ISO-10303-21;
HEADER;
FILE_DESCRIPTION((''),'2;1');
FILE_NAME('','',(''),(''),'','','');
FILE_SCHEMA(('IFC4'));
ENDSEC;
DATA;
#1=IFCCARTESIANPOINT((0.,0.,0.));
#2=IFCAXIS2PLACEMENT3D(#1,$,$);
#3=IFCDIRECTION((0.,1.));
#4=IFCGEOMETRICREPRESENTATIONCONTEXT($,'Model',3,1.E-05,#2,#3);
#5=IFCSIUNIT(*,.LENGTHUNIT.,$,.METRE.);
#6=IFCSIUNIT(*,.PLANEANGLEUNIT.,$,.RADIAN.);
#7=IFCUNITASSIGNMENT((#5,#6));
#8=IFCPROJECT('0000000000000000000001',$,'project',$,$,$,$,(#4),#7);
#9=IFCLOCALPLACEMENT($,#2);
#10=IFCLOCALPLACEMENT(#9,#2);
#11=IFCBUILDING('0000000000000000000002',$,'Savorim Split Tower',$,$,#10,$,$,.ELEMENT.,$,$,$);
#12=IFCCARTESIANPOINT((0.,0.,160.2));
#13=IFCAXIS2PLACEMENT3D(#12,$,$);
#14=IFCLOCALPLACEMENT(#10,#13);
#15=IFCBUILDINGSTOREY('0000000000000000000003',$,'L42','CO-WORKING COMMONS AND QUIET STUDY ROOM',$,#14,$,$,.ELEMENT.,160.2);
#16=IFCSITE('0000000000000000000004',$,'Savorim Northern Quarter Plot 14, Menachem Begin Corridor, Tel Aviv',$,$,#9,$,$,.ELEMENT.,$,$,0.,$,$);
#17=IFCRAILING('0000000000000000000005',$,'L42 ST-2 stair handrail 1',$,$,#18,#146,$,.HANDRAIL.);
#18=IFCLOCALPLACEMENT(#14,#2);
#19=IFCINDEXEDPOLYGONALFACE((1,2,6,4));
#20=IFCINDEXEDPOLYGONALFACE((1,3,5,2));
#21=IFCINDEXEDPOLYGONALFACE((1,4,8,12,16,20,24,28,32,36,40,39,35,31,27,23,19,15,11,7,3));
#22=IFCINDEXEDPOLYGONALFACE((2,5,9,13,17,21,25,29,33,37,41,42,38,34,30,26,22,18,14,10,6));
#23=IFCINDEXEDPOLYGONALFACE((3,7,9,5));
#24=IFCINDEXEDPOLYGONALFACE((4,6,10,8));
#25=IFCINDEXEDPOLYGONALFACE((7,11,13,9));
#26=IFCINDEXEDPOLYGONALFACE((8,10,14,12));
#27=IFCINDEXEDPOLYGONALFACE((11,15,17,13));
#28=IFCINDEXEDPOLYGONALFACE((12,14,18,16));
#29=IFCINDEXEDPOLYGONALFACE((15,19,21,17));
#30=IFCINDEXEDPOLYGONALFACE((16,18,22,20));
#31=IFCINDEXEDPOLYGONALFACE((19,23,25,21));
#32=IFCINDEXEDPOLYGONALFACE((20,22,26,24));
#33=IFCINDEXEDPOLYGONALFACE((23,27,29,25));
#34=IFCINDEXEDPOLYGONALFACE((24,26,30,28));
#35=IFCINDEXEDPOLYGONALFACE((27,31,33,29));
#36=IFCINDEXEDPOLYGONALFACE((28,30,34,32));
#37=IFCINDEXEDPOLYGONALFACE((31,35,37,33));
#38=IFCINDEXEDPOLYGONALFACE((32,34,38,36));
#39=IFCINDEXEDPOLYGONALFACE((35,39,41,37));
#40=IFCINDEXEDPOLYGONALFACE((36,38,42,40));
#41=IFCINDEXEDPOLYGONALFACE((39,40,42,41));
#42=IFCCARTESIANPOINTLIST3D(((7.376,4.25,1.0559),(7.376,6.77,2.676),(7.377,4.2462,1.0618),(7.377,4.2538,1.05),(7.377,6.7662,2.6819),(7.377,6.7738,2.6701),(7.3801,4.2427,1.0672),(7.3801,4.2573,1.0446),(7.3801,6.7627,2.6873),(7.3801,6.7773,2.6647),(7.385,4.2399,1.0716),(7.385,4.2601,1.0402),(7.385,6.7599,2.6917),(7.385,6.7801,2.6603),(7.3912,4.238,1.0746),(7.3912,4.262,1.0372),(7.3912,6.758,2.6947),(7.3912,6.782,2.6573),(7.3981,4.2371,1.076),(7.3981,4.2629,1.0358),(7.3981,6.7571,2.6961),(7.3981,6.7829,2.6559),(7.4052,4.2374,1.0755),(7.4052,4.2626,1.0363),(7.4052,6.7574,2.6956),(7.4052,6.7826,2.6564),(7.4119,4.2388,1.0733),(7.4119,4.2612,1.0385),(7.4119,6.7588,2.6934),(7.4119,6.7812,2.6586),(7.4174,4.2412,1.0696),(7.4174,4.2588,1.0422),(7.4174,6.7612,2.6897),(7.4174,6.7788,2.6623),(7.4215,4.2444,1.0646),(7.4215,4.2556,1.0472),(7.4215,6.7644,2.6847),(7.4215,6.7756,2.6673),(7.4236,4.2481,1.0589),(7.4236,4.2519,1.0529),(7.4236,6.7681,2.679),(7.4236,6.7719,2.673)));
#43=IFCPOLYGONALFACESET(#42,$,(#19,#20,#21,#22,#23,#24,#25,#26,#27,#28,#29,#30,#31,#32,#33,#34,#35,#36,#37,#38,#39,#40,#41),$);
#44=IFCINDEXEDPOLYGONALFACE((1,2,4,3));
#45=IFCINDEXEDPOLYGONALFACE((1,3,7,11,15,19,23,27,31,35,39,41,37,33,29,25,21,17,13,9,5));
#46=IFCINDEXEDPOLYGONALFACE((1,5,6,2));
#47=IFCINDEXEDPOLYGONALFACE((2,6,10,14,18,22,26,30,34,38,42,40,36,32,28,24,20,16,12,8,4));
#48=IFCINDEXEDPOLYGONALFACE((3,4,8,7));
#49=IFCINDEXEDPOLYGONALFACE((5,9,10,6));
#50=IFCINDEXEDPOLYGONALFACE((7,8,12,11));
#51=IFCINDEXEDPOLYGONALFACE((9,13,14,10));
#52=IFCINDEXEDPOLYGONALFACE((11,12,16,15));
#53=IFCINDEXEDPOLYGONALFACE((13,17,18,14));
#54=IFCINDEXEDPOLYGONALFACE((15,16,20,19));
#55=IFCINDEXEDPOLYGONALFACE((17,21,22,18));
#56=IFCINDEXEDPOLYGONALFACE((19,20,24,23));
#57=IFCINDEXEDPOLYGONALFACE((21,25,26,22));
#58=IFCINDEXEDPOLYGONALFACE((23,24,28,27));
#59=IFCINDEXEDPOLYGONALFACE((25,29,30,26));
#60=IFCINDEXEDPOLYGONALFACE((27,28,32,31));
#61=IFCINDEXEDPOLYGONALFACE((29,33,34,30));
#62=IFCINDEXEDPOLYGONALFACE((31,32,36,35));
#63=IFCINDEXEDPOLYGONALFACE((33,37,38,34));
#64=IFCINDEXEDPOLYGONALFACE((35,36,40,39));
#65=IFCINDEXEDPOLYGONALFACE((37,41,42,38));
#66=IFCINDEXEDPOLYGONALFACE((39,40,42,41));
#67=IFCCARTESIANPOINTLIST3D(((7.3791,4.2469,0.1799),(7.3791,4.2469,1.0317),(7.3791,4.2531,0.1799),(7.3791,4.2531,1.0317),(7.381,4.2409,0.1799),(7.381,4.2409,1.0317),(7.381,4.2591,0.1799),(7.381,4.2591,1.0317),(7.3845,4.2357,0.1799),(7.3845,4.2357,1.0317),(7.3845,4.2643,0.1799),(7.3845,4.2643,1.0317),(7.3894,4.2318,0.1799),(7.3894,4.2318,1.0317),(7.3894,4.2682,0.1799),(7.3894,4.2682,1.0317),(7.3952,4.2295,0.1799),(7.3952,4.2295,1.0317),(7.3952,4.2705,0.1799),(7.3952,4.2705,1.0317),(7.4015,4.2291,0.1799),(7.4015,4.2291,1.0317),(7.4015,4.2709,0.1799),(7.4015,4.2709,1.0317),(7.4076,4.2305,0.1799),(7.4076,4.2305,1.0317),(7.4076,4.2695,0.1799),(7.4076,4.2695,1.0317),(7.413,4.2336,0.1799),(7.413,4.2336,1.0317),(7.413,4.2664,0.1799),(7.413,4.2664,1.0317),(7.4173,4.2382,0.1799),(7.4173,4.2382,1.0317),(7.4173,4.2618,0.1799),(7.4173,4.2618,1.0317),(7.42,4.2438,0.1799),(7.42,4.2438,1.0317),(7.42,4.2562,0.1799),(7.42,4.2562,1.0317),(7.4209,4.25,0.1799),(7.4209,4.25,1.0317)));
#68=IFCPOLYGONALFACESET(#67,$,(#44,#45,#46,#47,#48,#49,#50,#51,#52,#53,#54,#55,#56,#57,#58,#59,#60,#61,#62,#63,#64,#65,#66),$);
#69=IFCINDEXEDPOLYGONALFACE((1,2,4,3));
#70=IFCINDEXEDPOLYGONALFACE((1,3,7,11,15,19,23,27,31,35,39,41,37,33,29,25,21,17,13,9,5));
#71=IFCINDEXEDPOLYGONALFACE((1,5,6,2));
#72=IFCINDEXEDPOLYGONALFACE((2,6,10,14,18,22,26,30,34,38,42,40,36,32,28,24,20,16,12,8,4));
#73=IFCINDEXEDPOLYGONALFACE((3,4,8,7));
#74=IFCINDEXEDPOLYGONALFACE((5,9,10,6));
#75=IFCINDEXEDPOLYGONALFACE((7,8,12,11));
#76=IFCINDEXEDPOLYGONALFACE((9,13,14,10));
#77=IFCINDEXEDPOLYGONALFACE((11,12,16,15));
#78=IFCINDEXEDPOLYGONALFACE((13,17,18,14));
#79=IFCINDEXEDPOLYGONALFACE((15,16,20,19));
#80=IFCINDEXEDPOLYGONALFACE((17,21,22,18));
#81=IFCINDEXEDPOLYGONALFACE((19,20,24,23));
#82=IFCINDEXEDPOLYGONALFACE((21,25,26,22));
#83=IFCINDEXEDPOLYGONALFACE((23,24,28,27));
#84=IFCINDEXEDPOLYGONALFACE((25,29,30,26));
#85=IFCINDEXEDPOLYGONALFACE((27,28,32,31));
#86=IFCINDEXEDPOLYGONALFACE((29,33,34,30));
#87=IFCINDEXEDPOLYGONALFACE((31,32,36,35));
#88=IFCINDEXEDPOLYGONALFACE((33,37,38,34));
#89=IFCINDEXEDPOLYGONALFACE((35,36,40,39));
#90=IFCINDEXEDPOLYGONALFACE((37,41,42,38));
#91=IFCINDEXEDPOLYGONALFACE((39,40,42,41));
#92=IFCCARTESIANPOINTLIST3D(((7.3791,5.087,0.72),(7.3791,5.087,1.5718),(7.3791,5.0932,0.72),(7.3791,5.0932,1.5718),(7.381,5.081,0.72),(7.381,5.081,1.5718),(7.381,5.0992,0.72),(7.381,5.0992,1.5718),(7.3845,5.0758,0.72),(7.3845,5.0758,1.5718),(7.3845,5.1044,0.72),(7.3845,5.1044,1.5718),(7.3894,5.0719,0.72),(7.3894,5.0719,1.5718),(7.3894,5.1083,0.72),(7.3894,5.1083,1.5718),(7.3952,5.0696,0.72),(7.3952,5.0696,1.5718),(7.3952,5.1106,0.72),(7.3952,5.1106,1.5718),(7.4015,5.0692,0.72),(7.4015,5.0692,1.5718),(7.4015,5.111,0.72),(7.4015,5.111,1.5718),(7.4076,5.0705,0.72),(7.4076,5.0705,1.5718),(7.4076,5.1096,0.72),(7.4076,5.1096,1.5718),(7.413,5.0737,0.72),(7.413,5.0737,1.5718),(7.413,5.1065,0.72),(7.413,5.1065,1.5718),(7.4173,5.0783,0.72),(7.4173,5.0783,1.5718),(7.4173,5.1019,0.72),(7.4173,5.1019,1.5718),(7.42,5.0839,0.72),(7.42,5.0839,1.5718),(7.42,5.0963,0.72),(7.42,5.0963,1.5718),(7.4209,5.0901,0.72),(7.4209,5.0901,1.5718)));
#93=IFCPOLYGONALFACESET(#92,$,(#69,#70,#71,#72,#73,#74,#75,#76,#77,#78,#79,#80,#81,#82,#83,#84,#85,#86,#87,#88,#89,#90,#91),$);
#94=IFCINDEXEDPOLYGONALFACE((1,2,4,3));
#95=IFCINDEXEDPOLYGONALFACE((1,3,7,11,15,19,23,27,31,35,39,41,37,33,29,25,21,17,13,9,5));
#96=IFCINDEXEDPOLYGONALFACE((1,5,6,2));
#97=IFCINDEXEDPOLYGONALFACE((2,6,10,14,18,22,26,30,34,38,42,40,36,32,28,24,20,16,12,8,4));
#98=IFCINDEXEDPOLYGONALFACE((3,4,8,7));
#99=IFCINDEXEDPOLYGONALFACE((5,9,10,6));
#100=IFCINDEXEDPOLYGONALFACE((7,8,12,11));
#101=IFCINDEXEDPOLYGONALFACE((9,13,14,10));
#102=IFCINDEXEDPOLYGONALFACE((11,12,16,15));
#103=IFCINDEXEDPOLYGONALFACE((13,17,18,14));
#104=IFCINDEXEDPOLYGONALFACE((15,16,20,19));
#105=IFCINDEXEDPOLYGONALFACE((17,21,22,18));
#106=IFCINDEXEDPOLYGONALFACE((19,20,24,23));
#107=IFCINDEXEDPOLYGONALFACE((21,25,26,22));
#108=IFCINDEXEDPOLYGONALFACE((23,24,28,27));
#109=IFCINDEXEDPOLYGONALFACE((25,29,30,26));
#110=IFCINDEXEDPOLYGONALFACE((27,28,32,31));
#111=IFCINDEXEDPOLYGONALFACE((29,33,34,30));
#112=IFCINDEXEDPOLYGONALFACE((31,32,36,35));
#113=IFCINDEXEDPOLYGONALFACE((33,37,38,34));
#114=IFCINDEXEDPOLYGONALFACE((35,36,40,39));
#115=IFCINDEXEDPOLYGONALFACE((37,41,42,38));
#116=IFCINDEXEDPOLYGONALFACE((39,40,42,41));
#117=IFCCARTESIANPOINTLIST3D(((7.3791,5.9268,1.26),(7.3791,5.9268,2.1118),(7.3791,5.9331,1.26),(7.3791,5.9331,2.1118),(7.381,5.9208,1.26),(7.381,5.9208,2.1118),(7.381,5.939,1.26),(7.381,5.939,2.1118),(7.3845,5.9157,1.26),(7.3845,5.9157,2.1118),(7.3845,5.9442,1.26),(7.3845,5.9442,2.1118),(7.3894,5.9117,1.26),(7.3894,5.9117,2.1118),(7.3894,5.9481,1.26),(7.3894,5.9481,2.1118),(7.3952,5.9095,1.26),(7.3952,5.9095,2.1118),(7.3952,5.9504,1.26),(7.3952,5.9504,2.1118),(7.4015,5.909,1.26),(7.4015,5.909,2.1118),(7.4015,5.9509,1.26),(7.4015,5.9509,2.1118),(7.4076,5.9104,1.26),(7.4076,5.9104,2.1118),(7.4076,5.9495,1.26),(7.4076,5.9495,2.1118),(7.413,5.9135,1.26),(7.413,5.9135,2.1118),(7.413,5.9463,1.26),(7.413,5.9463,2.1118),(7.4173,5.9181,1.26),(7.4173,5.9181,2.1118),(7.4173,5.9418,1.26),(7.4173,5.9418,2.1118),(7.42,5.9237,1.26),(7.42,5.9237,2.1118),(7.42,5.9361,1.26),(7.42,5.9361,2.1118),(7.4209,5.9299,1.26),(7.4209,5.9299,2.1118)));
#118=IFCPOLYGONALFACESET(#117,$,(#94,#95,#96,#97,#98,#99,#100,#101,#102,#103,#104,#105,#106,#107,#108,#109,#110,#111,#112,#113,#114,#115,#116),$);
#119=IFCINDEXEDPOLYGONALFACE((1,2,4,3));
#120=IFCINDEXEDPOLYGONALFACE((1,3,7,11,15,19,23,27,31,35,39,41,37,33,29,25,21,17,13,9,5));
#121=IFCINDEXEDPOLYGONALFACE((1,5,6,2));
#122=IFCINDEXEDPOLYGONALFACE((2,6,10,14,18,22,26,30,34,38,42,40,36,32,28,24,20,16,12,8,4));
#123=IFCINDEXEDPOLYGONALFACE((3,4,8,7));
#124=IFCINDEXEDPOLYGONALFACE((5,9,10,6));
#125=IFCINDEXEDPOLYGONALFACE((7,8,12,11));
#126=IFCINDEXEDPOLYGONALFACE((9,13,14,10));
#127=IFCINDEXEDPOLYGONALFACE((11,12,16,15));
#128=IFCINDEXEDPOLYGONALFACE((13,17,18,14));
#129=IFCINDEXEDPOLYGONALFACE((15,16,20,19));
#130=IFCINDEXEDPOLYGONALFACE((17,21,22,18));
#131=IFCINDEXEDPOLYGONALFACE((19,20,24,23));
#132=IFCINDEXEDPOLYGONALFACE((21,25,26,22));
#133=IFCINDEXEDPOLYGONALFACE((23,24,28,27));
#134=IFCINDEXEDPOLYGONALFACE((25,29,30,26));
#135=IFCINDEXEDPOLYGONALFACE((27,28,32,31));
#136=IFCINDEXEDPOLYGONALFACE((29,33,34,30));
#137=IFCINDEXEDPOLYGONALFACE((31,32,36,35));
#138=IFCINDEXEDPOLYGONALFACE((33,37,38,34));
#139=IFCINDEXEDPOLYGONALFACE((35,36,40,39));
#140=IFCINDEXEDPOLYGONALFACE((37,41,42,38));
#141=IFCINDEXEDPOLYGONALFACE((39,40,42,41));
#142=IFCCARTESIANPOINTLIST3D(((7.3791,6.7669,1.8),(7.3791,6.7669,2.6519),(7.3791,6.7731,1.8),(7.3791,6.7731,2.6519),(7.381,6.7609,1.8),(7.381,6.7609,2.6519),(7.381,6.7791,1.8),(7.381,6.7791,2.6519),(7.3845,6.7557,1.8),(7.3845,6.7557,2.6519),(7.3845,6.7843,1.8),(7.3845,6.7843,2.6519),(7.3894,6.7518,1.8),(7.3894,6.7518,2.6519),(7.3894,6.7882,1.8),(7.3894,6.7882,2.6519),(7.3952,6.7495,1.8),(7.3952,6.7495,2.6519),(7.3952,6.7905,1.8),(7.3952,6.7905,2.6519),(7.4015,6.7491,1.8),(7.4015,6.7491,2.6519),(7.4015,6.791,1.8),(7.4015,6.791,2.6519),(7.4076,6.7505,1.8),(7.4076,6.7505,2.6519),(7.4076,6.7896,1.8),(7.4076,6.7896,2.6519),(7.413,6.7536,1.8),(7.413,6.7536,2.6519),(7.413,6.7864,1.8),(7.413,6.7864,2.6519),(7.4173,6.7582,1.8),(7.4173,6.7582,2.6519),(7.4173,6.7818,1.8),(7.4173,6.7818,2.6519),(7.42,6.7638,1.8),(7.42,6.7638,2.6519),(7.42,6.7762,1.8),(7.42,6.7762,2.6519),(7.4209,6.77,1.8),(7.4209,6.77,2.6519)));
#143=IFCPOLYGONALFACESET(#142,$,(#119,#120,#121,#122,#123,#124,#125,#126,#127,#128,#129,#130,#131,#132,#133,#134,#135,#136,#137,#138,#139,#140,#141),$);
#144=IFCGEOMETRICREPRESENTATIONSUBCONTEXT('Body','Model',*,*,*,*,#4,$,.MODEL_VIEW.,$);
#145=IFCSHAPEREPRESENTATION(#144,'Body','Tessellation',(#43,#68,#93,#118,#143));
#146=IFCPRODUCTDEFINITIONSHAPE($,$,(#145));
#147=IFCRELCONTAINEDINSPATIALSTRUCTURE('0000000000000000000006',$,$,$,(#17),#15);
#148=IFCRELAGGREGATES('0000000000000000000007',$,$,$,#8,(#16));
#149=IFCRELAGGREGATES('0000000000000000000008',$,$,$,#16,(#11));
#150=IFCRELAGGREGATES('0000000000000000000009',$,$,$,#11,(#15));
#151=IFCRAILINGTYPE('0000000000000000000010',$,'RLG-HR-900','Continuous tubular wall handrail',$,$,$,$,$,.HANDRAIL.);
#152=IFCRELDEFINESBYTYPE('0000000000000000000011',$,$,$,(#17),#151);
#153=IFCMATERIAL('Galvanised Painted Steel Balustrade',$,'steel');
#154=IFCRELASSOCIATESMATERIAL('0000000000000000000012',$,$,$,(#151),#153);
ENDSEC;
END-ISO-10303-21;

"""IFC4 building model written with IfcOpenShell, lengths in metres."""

from ifc_helpers import new_model, si_unit, direction, frame, origin, origin_2d, place, context, subcontext, project, spatial, circle, extrude, material, type_object, element, save


model = new_model("IFC4")

# Units and contexts
model_context = context("Model", 3, precision=1e-05, world=origin(), true_north=direction((0.0, 1.0)))
body_context = subcontext(model_context, "Body", "Model", "MODEL_VIEW")
ifc_project = project(units=[si_unit("LENGTHUNIT", "METRE"), si_unit("PLANEANGLEUNIT", "RADIAN")], contexts=[model_context])

# Site, building, storey
site_placement = place(None, origin())
site = spatial("IfcSite", under=ifc_project, at=site_placement, Name="Savorim Northern Quarter Plot 14, Menachem Begin Corridor, Tel Aviv", CompositionType="ELEMENT", RefElevation=0.0)
building_placement = place(site_placement, origin())
building = spatial("IfcBuilding", under=site, at=building_placement, Name="Savorim Split Tower", CompositionType="ELEMENT")
storey_placement = place(building_placement, frame((0.0, 0.0, 160.2)))
storey = spatial("IfcBuildingStorey", under=building, at=storey_placement, Name="L42", Description="CO-WORKING COMMONS AND QUIET STUDY ROOM", CompositionType="ELEMENT", Elevation=160.2)

# Railing
ifc_material_1 = material(Name="Galvanised Painted Steel Balustrade", Category="steel")
railing_type_1 = type_object("IfcRailingType", Name="RLG-HR-900", Description="Continuous tubular wall handrail", PredefinedType="HANDRAIL", material=ifc_material_1)
railing_1_placement = place(storey_placement, frame((7.3999, 4.25, 0.1799)))
element("IfcRailing", 1, at=railing_1_placement, inside=storey, type_object=railing_type_1, Name="L42 ST-2 stair handrail 1", PredefinedType="HANDRAIL", context=body_context, shape_type="SweptSolid", body=[
    extrude(circle(Radius=0.0239, at=origin_2d()), frame((0.0, 0.0, 0.876), z_axis=(0.0, 0.841163, 0.540782), x_axis=(-1.0, 0.0, 0.0)), (0.0, 0.0, 1.0), 2.9958),
    extrude(circle(Radius=0.021, at=origin_2d()), origin(), (0.0, 0.0, 1.0), 0.8518),
    extrude(circle(Radius=0.021, at=origin_2d()), frame((0.0, 0.8401, 0.54)), (0.0, 0.0, 1.0), 0.8518),
    extrude(circle(Radius=0.021, at=origin_2d()), frame((0.0, 1.6799, 1.0801)), (0.0, 0.0, 1.0), 0.8518),
    extrude(circle(Radius=0.021, at=origin_2d()), frame((0.0, 2.52, 1.6201)), (0.0, 0.0, 1.0), 0.8518),
])

save(model, "model.ifc")
